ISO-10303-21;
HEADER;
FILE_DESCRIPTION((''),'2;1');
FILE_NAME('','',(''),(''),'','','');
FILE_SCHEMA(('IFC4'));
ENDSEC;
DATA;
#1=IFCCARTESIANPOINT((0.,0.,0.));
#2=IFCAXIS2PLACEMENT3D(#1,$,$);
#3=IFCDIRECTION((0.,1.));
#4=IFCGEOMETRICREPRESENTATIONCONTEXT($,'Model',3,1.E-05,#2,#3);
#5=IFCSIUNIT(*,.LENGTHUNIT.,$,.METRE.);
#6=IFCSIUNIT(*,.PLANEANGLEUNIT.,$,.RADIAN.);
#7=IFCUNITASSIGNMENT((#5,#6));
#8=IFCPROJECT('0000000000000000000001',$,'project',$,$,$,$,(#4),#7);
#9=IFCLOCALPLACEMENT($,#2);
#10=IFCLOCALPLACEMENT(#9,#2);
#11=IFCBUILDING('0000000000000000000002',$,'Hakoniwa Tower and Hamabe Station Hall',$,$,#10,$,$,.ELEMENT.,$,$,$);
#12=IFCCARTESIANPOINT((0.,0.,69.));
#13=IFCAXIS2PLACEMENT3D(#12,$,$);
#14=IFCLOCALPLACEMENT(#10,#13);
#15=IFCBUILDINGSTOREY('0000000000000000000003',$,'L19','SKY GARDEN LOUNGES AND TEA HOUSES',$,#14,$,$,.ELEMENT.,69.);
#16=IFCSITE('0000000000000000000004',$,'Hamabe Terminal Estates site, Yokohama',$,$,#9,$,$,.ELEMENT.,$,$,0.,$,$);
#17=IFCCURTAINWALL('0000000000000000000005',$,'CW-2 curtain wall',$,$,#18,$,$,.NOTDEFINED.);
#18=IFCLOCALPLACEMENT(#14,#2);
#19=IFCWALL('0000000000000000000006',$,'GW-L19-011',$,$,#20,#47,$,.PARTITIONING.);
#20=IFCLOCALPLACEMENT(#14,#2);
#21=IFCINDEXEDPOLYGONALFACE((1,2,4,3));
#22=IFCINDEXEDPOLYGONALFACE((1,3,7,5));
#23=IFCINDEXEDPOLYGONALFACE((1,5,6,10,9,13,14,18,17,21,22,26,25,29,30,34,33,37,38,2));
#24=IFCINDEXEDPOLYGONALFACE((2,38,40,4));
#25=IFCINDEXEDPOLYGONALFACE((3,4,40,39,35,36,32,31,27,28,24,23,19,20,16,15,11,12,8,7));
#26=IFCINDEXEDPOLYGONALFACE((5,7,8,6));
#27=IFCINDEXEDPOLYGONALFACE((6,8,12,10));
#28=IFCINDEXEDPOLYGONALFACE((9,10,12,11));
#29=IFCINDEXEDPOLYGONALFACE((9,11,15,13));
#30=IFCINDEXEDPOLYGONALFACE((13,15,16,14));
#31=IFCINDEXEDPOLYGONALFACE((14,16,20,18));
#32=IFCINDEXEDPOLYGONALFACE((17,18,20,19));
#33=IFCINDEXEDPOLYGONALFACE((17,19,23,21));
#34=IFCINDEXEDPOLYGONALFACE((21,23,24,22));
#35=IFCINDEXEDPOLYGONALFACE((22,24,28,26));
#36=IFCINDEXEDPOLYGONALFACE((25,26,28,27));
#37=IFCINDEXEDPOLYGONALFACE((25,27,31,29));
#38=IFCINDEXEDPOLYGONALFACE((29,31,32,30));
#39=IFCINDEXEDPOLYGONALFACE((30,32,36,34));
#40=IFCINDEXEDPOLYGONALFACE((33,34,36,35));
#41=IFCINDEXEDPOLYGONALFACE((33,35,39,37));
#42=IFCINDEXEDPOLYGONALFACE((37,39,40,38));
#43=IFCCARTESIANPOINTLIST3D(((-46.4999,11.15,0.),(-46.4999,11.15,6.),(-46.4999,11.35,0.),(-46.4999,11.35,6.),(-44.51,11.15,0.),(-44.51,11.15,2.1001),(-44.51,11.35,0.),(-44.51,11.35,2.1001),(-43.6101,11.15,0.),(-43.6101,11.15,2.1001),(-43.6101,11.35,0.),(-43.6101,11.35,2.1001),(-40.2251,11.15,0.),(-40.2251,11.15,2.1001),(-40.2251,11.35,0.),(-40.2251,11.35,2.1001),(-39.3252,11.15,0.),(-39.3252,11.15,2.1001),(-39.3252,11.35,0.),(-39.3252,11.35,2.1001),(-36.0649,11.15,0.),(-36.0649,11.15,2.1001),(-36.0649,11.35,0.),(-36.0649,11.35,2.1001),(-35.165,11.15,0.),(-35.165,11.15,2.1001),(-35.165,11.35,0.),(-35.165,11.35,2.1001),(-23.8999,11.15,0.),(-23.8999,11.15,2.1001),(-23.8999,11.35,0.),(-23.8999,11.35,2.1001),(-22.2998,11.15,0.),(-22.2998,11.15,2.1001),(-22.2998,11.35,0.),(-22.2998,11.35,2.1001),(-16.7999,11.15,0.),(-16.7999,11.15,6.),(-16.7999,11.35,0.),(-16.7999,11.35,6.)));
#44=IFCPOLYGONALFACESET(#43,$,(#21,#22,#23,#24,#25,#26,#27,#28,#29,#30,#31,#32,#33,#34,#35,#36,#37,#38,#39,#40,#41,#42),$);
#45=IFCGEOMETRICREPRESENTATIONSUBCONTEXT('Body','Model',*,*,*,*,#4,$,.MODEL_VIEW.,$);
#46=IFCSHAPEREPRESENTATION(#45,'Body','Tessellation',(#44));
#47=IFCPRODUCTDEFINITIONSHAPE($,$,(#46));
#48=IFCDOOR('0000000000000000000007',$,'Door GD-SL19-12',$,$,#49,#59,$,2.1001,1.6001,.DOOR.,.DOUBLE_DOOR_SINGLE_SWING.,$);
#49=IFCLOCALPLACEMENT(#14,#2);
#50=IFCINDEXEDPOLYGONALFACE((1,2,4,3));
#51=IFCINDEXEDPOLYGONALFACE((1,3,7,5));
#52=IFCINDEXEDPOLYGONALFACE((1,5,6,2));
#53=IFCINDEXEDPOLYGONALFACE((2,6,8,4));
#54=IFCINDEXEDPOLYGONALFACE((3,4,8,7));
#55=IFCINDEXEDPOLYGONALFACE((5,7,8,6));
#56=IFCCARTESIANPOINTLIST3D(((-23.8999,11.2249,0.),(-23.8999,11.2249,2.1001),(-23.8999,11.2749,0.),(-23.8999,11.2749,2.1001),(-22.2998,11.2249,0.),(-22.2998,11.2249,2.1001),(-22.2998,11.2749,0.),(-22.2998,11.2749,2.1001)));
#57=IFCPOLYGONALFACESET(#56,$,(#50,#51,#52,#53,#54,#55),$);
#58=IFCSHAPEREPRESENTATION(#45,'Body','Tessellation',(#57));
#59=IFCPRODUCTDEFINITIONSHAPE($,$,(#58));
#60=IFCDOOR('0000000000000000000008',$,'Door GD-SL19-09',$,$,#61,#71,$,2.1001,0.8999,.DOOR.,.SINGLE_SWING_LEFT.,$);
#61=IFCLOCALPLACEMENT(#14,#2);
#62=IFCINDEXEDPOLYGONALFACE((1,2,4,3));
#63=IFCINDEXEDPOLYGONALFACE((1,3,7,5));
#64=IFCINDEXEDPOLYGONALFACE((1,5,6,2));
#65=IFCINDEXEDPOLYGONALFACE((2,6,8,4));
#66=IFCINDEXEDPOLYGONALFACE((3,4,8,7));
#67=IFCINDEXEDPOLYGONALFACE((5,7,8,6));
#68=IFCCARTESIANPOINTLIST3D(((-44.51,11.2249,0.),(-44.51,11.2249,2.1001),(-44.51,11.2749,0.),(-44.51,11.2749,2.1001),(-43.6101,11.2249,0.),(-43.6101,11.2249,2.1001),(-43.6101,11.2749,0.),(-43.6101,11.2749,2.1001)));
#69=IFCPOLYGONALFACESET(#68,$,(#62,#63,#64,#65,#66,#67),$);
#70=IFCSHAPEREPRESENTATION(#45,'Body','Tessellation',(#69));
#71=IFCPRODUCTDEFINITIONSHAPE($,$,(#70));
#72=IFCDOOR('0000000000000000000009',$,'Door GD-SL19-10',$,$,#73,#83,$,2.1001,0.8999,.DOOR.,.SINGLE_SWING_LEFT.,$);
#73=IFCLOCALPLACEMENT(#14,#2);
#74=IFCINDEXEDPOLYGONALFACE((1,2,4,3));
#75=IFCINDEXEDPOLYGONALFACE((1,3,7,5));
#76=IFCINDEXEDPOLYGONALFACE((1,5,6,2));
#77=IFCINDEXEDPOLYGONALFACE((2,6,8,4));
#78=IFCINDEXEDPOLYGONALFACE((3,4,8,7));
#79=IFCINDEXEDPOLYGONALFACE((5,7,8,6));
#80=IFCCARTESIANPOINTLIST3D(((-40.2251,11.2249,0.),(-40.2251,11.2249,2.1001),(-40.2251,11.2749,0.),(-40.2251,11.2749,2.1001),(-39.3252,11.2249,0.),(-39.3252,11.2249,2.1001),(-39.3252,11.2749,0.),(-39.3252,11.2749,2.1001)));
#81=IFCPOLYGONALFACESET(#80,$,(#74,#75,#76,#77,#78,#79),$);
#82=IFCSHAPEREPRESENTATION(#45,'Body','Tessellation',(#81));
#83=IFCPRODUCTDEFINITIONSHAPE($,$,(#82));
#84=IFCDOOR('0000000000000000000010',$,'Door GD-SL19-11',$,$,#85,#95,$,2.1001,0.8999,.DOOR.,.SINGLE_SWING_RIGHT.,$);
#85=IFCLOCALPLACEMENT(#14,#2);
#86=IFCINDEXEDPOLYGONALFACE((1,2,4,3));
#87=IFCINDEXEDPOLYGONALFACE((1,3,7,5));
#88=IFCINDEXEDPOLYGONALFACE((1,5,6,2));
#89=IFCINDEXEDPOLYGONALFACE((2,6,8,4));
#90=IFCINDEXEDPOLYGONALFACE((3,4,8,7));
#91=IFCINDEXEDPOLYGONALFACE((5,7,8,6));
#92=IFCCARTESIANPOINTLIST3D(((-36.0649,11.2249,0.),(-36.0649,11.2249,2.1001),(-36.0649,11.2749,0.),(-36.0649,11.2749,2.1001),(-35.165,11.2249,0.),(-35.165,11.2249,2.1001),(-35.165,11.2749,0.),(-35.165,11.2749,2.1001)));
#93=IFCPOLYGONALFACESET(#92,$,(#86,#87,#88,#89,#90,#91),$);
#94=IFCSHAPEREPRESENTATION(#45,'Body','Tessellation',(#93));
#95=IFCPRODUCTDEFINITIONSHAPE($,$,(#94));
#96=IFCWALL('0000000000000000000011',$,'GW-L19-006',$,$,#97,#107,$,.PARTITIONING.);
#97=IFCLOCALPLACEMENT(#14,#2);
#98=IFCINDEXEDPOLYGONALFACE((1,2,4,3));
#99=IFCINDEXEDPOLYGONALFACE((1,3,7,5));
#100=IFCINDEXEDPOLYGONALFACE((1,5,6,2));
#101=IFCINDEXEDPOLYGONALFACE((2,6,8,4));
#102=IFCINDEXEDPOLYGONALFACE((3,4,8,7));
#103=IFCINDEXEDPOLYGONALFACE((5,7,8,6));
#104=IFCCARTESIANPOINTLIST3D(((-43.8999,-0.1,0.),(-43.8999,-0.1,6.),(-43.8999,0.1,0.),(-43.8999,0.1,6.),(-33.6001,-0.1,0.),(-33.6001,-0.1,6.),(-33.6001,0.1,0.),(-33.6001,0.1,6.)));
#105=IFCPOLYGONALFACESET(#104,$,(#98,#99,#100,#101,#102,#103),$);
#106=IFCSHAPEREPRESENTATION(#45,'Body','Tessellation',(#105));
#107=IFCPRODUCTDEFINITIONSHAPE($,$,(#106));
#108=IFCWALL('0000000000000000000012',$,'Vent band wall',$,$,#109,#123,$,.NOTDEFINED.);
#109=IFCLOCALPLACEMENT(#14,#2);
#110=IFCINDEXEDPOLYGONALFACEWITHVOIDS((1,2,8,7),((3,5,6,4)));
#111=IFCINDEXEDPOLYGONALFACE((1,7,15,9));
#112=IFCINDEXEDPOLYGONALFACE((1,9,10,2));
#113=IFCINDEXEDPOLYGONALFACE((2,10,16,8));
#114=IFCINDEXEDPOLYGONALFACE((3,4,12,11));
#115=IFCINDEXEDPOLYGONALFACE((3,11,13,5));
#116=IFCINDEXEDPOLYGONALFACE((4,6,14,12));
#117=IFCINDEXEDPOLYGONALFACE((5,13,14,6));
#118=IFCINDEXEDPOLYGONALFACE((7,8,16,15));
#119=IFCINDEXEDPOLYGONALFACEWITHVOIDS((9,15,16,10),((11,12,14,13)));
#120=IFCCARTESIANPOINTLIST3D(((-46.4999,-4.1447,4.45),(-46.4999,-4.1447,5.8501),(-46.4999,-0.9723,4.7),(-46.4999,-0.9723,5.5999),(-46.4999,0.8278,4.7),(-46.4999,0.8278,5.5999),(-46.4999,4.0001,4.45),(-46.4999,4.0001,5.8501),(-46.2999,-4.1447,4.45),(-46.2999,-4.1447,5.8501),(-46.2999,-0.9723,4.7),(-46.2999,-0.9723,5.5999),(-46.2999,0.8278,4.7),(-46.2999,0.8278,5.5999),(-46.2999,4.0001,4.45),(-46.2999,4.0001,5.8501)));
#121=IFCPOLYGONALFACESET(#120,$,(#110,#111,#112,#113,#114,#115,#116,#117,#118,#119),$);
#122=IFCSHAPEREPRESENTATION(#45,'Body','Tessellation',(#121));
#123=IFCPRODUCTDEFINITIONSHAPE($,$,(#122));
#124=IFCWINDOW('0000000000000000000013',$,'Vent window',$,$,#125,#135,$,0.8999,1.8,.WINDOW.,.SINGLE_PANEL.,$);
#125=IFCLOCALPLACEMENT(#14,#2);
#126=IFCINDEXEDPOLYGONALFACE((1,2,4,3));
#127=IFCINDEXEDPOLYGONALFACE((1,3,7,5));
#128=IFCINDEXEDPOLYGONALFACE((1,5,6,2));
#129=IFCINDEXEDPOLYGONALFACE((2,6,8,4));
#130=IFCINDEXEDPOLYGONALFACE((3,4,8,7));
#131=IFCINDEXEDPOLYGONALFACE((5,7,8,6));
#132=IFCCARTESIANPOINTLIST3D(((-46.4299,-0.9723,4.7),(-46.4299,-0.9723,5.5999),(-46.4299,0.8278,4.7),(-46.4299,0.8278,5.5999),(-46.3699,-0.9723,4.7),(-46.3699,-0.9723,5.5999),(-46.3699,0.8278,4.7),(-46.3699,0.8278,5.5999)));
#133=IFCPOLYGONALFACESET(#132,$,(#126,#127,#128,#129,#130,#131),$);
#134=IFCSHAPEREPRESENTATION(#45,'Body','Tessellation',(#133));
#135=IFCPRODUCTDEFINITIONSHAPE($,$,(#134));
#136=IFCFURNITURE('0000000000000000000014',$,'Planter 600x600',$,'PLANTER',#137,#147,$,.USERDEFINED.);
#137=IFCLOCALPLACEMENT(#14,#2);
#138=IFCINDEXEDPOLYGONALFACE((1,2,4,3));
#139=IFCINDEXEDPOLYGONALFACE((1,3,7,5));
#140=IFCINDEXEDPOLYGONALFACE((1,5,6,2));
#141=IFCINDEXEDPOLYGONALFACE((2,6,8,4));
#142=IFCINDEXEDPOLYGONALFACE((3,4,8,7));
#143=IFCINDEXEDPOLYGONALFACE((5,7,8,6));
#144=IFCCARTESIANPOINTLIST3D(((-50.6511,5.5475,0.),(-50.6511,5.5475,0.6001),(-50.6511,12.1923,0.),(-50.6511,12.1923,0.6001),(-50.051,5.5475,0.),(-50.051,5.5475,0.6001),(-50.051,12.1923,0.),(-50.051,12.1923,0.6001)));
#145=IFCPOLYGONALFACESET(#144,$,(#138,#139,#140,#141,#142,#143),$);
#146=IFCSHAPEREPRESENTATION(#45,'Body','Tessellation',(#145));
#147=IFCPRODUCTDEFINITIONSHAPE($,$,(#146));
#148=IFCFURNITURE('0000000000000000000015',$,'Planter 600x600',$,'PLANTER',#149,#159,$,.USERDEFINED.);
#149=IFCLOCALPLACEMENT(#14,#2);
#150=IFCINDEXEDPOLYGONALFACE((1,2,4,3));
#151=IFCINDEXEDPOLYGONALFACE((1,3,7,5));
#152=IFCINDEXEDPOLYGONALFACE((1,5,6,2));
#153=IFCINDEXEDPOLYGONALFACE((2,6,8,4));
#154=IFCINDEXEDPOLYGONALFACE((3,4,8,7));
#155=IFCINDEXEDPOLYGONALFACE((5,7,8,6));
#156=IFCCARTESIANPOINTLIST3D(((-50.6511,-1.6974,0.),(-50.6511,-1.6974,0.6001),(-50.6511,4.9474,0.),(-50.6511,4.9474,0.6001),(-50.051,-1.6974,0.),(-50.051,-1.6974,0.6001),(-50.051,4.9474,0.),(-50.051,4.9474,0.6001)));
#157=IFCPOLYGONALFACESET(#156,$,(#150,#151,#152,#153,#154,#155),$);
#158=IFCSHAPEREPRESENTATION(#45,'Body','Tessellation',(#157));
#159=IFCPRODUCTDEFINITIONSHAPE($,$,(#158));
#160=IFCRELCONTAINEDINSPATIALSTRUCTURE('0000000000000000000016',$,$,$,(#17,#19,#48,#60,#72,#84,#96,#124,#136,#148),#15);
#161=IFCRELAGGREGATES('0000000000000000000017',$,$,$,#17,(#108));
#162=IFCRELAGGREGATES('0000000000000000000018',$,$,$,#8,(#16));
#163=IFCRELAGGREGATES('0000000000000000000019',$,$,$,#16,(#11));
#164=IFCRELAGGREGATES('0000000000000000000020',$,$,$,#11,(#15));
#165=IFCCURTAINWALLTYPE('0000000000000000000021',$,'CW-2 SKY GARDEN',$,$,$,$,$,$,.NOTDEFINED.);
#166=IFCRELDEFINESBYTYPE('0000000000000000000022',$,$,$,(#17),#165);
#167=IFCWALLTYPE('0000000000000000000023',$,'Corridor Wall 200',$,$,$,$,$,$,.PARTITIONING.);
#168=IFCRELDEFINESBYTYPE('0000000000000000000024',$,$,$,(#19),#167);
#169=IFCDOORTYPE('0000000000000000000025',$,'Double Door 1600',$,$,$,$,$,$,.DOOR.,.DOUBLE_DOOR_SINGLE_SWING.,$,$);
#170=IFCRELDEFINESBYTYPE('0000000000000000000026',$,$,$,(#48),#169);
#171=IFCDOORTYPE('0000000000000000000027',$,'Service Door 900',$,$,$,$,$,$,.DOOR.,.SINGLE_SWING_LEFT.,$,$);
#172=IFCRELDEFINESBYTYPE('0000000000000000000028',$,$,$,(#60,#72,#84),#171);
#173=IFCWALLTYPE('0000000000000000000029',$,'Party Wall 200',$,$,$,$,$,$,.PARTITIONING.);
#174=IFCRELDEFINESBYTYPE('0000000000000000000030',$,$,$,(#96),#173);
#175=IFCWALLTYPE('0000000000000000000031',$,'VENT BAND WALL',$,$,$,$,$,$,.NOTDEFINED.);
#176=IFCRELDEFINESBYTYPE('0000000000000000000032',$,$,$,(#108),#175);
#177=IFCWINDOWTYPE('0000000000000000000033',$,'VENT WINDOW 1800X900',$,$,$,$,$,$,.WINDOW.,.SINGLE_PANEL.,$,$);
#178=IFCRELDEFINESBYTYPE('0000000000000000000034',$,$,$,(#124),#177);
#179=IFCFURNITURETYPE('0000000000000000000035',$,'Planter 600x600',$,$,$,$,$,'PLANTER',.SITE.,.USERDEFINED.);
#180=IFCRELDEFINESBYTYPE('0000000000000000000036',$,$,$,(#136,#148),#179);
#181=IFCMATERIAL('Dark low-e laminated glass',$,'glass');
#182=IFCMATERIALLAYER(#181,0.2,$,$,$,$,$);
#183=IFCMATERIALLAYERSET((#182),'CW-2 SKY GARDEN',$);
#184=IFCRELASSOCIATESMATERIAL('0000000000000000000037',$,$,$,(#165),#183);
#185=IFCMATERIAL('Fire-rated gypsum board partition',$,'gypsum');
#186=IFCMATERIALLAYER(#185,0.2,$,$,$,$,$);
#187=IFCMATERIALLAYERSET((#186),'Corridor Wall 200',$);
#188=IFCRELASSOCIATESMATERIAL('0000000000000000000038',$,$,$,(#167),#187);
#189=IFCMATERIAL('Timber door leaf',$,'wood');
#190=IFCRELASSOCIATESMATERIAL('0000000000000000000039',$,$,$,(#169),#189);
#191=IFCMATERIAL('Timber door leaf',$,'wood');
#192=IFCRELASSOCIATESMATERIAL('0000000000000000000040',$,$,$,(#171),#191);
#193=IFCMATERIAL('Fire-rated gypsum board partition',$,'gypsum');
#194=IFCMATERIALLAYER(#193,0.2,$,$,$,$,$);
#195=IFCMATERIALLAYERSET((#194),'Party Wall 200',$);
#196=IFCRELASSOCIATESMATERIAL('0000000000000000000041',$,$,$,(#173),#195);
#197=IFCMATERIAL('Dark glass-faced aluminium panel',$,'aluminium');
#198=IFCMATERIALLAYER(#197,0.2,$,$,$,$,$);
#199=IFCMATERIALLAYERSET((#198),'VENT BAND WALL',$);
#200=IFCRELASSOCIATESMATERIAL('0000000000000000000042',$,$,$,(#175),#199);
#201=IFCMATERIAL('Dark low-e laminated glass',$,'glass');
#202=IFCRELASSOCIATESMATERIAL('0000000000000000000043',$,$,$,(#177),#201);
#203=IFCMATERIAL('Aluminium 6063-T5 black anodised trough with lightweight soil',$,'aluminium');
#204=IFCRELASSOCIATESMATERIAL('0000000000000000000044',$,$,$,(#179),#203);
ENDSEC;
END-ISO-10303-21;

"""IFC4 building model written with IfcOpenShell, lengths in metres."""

from ifc_helpers import new_model, si_unit, direction, frame, frame_2d, origin, origin_2d, place, context, subcontext, project, spatial, rectangle, extrude, material, layer, layer_set, type_object, element, fill, aggregate, save


model = new_model("IFC4")

# Units and contexts
model_context = context("Model", 3, precision=1e-05, world=origin(), true_north=direction((0.0, 1.0)))
body_context = subcontext(model_context, "Body", "Model", "MODEL_VIEW")
ifc_project = project(units=[si_unit("LENGTHUNIT", "METRE"), si_unit("PLANEANGLEUNIT", "RADIAN")], contexts=[model_context])

# Site, building, storey
site_placement = place(None, origin())
site = spatial("IfcSite", under=ifc_project, at=site_placement, Name="Hamabe Terminal Estates site, Yokohama", CompositionType="ELEMENT", RefElevation=0.0)
building_placement = place(site_placement, origin())
building = spatial("IfcBuilding", under=site, at=building_placement, Name="Hakoniwa Tower and Hamabe Station Hall", CompositionType="ELEMENT")
storey_placement = place(building_placement, frame((0.0, 0.0, 69.0)))
storey = spatial("IfcBuildingStorey", under=building, at=storey_placement, Name="L19", Description="SKY GARDEN LOUNGES AND TEA HOUSES", CompositionType="ELEMENT", Elevation=69.0)

# Curtain wall
ifc_material_1 = material(Name="Dark low-e laminated glass", Category="glass")
ifc_layer_1 = layer(ifc_material_1, 0.2)
ifc_layer_set_1 = layer_set([ifc_layer_1], Name="CW-2 SKY GARDEN")
curtain_wall_type = type_object("IfcCurtainWallType", Name="CW-2 SKY GARDEN", PredefinedType="NOTDEFINED", material=ifc_layer_set_1)
curtain_wall_placement = place(storey_placement, origin())
curtain_wall = element("IfcCurtainWall", 1, at=curtain_wall_placement, inside=storey, type_object=curtain_wall_type, Name="CW-2 curtain wall", PredefinedType="NOTDEFINED")

# Shared definitions
ifc_material_2 = material(Name="Fire-rated gypsum board partition", Category="gypsum")
ifc_layer_2 = layer(ifc_material_2, 0.2)
ifc_layer_set_2 = layer_set([ifc_layer_2], Name="Corridor Wall 200")
wall_type_1 = type_object("IfcWallType", Name="Corridor Wall 200", PredefinedType="PARTITIONING", material=ifc_layer_set_2)
ifc_material_3 = material(Name="Timber door leaf", Category="wood")
door_type_1 = type_object("IfcDoorType", Name="Double Door 1600", OperationType="DOUBLE_DOOR_SINGLE_SWING", PredefinedType="DOOR", material=ifc_material_3)

# Wall, openings, doors
wall_1_placement = place(storey_placement, frame((-46.5, 11.25, 0.0), z_axis=(0.0, 0.0, 1.0), x_axis=(1.0, 0.0, 0.0)))
wall_1 = element("IfcWall", 2, at=wall_1_placement, inside=storey, type_object=wall_type_1, Name="GW-L19-011", PredefinedType="PARTITIONING", context=body_context, shape_type="SweptSolid", body=[
    extrude(rectangle(XDim=29.7, YDim=0.2, at=frame_2d((14.8501, 0.0))), origin(), (0.0, 0.0, 1.0), 6.0),
])
opening_1_placement = place(wall_1_placement, frame((1.99, 0.0, 0.0)))
opening_1 = element("IfcOpeningElement", 3, at=opening_1_placement, cuts=wall_1, PredefinedType="OPENING", context=body_context, shape_type="SweptSolid", body=[
    extrude(rectangle(XDim=0.8999, YDim=2.1001, at=frame_2d((0.45, 1.05))), frame((0.0, 0.1099, 0.0), z_axis=(0.0, -1.0, 0.0), x_axis=(1.0, 0.0, 0.0)), (0.0, 0.0, 1.0), 0.22),
])
opening_2_placement = place(wall_1_placement, frame((6.2749, 0.0, 0.0)))
opening_2 = element("IfcOpeningElement", 4, at=opening_2_placement, cuts=wall_1, PredefinedType="OPENING", context=body_context, shape_type="SweptSolid", body=[
    extrude(rectangle(XDim=0.8999, YDim=2.1001, at=frame_2d((0.45, 1.05))), frame((0.0, 0.1099, 0.0), z_axis=(0.0, -1.0, 0.0), x_axis=(1.0, 0.0, 0.0)), (0.0, 0.0, 1.0), 0.22),
])
opening_3_placement = place(wall_1_placement, frame((10.4351, 0.0, 0.0)))
opening_3 = element("IfcOpeningElement", 5, at=opening_3_placement, cuts=wall_1, PredefinedType="OPENING", context=body_context, shape_type="SweptSolid", body=[
    extrude(rectangle(XDim=0.8999, YDim=2.1001, at=frame_2d((0.45, 1.05))), frame((0.0, 0.1099, 0.0), z_axis=(0.0, -1.0, 0.0), x_axis=(1.0, 0.0, 0.0)), (0.0, 0.0, 1.0), 0.22),
])
opening_4_placement = place(wall_1_placement, frame((22.6001, 0.0, 0.0)))
opening_4 = element("IfcOpeningElement", 6, at=opening_4_placement, cuts=wall_1, PredefinedType="OPENING", context=body_context, shape_type="SweptSolid", body=[
    extrude(rectangle(XDim=1.6001, YDim=2.1001, at=frame_2d((0.8, 1.05))), frame((0.0, 0.1099, 0.0), z_axis=(0.0, -1.0, 0.0), x_axis=(1.0, 0.0, 0.0)), (0.0, 0.0, 1.0), 0.22),
])
door_1_placement = place(opening_4_placement, origin())
door_1 = element("IfcDoor", 7, at=door_1_placement, inside=storey, type_object=door_type_1, Name="Door GD-SL19-12", OperationType="DOUBLE_DOOR_SINGLE_SWING", OverallHeight=2.1001, OverallWidth=1.6001, PredefinedType="DOOR", context=body_context, shape_type="SweptSolid", body=[
    extrude(rectangle(XDim=1.6001, YDim=2.1001, at=frame_2d((0.8, 1.05))), frame((0.0, 0.0249, 0.0), z_axis=(0.0, -1.0, 0.0), x_axis=(1.0, 0.0, 0.0)), (0.0, 0.0, 1.0), 0.05),
])
fill(opening_4, door_1)
ifc_material_4 = material(Name="Timber door leaf", Category="wood")
door_type_2 = type_object("IfcDoorType", Name="Service Door 900", OperationType="SINGLE_SWING_LEFT", PredefinedType="DOOR", material=ifc_material_4)
door_2_placement = place(opening_1_placement, origin())
door_2 = element("IfcDoor", 8, at=door_2_placement, inside=storey, type_object=door_type_2, Name="Door GD-SL19-09", OperationType="SINGLE_SWING_LEFT", OverallHeight=2.1001, OverallWidth=0.8999, PredefinedType="DOOR", context=body_context, shape_type="SweptSolid", body=[
    extrude(rectangle(XDim=0.8999, YDim=2.1001, at=frame_2d((0.45, 1.05))), frame((0.0, 0.0249, 0.0), z_axis=(0.0, -1.0, 0.0), x_axis=(1.0, 0.0, 0.0)), (0.0, 0.0, 1.0), 0.05),
])
fill(opening_1, door_2)
door_3_placement = place(opening_2_placement, origin())
door_3 = element("IfcDoor", 9, at=door_3_placement, inside=storey, type_object=door_type_2, Name="Door GD-SL19-10", OperationType="SINGLE_SWING_LEFT", OverallHeight=2.1001, OverallWidth=0.8999, PredefinedType="DOOR", context=body_context, shape_type="SweptSolid", body=[
    extrude(rectangle(XDim=0.8999, YDim=2.1001, at=frame_2d((0.45, 1.05))), frame((0.0, 0.0249, 0.0), z_axis=(0.0, -1.0, 0.0), x_axis=(1.0, 0.0, 0.0)), (0.0, 0.0, 1.0), 0.05),
])
fill(opening_2, door_3)
door_4_placement = place(opening_3_placement, origin())
door_4 = element("IfcDoor", 10, at=door_4_placement, inside=storey, type_object=door_type_2, Name="Door GD-SL19-11", OperationType="SINGLE_SWING_RIGHT", OverallHeight=2.1001, OverallWidth=0.8999, PredefinedType="DOOR", context=body_context, shape_type="SweptSolid", body=[
    extrude(rectangle(XDim=0.8999, YDim=2.1001, at=frame_2d((0.45, 1.05))), frame((0.0, 0.0249, 0.0), z_axis=(0.0, -1.0, 0.0), x_axis=(1.0, 0.0, 0.0)), (0.0, 0.0, 1.0), 0.05),
])
fill(opening_3, door_4)

# Wall
ifc_material_5 = material(Name="Fire-rated gypsum board partition", Category="gypsum")
ifc_layer_3 = layer(ifc_material_5, 0.2)
ifc_layer_set_3 = layer_set([ifc_layer_3], Name="Party Wall 200")
wall_type_2 = type_object("IfcWallType", Name="Party Wall 200", PredefinedType="PARTITIONING", material=ifc_layer_set_3)
wall_2_placement = place(storey_placement, frame((-43.8999, 0.0, 0.0), z_axis=(0.0, 0.0, 1.0), x_axis=(1.0, 0.0, 0.0)))
element("IfcWall", 11, at=wall_2_placement, inside=storey, type_object=wall_type_2, Name="GW-L19-006", PredefinedType="PARTITIONING", context=body_context, shape_type="SweptSolid", body=[
    extrude(rectangle(XDim=10.2998, YDim=0.2, at=frame_2d((5.1499, 0.0))), origin(), (0.0, 0.0, 1.0), 6.0),
])

# Wall, opening, window
ifc_material_6 = material(Name="Dark glass-faced aluminium panel", Category="aluminium")
ifc_layer_4 = layer(ifc_material_6, 0.2)
ifc_layer_set_4 = layer_set([ifc_layer_4], Name="VENT BAND WALL")
wall_type_3 = type_object("IfcWallType", Name="VENT BAND WALL", PredefinedType="NOTDEFINED", material=ifc_layer_set_4)
wall_3_placement = place(storey_placement, frame((-46.3999, 4.0, 4.45), z_axis=(0.0, 0.0, 1.0), x_axis=(0.0, -1.0, 0.0)))
wall_3 = element("IfcWall", 12, at=wall_3_placement, type_object=wall_type_3, Name="Vent band wall", PredefinedType="NOTDEFINED", context=body_context, shape_type="SweptSolid", body=[
    extrude(rectangle(XDim=8.1448, YDim=0.2, at=frame_2d((4.0723, 0.0))), origin(), (0.0, 0.0, 1.0), 1.4001),
])
opening_5_placement = place(wall_3_placement, frame((3.1724, 0.0, 0.25)))
opening_5 = element("IfcOpeningElement", 13, at=opening_5_placement, cuts=wall_3, PredefinedType="OPENING", context=body_context, shape_type="SweptSolid", body=[
    extrude(rectangle(XDim=1.8, YDim=0.8999, at=frame_2d((0.8999, 0.45))), frame((0.0, 0.1099, 0.0), z_axis=(0.0, -1.0, 0.0), x_axis=(1.0, 0.0, 0.0)), (0.0, 0.0, 1.0), 0.22),
])
ifc_material_7 = material(Name="Dark low-e laminated glass", Category="glass")
window_type = type_object("IfcWindowType", Name="VENT WINDOW 1800X900", PartitioningType="SINGLE_PANEL", PredefinedType="WINDOW", material=ifc_material_7)
window_placement = place(opening_5_placement, origin())
window = element("IfcWindow", 14, at=window_placement, inside=storey, type_object=window_type, Name="Vent window", OverallHeight=0.8999, OverallWidth=1.8, PartitioningType="SINGLE_PANEL", PredefinedType="WINDOW", context=body_context, shape_type="SweptSolid", body=[
    extrude(rectangle(XDim=1.8, YDim=0.8999, at=frame_2d((0.8999, 0.45))), frame((0.0, 0.03, 0.0), z_axis=(0.0, -1.0, 0.0), x_axis=(1.0, 0.0, 0.0)), (0.0, 0.0, 1.0), 0.0601),
])
fill(opening_5, window)
aggregate(curtain_wall, [wall_3])

# Furniture
ifc_material_8 = material(Name="Aluminium 6063-T5 black anodised trough with lightweight soil", Category="aluminium")
furniture_type = type_object("IfcFurnitureType", Name="Planter 600x600", ElementType="PLANTER", AssemblyPlace="SITE", PredefinedType="USERDEFINED", material=ifc_material_8)
for number, where, z_axis, x_axis, name in (
    (15, (-50.3511, 8.8699, 0.0), (0.0, 0.0, 1.0), (0.0, -1.0, 0.0), "Planter 600x600"),
    (16, (-50.3511, 1.625, 0.0), (0.0, 0.0, 1.0), (0.0, -1.0, 0.0), "Planter 600x600"),
):
    element("IfcFurniture", number, at=place(storey_placement, frame(where, z_axis=z_axis, x_axis=x_axis)), inside=storey, type_object=furniture_type, Name=name, ObjectType="PLANTER", PredefinedType="USERDEFINED", context=body_context, shape_type="SweptSolid", body=[
        extrude(rectangle(XDim=6.6448, YDim=0.6001, at=origin_2d()), origin(), (0.0, 0.0, 1.0), 0.6001),
    ])

save(model, "model.ifc")
